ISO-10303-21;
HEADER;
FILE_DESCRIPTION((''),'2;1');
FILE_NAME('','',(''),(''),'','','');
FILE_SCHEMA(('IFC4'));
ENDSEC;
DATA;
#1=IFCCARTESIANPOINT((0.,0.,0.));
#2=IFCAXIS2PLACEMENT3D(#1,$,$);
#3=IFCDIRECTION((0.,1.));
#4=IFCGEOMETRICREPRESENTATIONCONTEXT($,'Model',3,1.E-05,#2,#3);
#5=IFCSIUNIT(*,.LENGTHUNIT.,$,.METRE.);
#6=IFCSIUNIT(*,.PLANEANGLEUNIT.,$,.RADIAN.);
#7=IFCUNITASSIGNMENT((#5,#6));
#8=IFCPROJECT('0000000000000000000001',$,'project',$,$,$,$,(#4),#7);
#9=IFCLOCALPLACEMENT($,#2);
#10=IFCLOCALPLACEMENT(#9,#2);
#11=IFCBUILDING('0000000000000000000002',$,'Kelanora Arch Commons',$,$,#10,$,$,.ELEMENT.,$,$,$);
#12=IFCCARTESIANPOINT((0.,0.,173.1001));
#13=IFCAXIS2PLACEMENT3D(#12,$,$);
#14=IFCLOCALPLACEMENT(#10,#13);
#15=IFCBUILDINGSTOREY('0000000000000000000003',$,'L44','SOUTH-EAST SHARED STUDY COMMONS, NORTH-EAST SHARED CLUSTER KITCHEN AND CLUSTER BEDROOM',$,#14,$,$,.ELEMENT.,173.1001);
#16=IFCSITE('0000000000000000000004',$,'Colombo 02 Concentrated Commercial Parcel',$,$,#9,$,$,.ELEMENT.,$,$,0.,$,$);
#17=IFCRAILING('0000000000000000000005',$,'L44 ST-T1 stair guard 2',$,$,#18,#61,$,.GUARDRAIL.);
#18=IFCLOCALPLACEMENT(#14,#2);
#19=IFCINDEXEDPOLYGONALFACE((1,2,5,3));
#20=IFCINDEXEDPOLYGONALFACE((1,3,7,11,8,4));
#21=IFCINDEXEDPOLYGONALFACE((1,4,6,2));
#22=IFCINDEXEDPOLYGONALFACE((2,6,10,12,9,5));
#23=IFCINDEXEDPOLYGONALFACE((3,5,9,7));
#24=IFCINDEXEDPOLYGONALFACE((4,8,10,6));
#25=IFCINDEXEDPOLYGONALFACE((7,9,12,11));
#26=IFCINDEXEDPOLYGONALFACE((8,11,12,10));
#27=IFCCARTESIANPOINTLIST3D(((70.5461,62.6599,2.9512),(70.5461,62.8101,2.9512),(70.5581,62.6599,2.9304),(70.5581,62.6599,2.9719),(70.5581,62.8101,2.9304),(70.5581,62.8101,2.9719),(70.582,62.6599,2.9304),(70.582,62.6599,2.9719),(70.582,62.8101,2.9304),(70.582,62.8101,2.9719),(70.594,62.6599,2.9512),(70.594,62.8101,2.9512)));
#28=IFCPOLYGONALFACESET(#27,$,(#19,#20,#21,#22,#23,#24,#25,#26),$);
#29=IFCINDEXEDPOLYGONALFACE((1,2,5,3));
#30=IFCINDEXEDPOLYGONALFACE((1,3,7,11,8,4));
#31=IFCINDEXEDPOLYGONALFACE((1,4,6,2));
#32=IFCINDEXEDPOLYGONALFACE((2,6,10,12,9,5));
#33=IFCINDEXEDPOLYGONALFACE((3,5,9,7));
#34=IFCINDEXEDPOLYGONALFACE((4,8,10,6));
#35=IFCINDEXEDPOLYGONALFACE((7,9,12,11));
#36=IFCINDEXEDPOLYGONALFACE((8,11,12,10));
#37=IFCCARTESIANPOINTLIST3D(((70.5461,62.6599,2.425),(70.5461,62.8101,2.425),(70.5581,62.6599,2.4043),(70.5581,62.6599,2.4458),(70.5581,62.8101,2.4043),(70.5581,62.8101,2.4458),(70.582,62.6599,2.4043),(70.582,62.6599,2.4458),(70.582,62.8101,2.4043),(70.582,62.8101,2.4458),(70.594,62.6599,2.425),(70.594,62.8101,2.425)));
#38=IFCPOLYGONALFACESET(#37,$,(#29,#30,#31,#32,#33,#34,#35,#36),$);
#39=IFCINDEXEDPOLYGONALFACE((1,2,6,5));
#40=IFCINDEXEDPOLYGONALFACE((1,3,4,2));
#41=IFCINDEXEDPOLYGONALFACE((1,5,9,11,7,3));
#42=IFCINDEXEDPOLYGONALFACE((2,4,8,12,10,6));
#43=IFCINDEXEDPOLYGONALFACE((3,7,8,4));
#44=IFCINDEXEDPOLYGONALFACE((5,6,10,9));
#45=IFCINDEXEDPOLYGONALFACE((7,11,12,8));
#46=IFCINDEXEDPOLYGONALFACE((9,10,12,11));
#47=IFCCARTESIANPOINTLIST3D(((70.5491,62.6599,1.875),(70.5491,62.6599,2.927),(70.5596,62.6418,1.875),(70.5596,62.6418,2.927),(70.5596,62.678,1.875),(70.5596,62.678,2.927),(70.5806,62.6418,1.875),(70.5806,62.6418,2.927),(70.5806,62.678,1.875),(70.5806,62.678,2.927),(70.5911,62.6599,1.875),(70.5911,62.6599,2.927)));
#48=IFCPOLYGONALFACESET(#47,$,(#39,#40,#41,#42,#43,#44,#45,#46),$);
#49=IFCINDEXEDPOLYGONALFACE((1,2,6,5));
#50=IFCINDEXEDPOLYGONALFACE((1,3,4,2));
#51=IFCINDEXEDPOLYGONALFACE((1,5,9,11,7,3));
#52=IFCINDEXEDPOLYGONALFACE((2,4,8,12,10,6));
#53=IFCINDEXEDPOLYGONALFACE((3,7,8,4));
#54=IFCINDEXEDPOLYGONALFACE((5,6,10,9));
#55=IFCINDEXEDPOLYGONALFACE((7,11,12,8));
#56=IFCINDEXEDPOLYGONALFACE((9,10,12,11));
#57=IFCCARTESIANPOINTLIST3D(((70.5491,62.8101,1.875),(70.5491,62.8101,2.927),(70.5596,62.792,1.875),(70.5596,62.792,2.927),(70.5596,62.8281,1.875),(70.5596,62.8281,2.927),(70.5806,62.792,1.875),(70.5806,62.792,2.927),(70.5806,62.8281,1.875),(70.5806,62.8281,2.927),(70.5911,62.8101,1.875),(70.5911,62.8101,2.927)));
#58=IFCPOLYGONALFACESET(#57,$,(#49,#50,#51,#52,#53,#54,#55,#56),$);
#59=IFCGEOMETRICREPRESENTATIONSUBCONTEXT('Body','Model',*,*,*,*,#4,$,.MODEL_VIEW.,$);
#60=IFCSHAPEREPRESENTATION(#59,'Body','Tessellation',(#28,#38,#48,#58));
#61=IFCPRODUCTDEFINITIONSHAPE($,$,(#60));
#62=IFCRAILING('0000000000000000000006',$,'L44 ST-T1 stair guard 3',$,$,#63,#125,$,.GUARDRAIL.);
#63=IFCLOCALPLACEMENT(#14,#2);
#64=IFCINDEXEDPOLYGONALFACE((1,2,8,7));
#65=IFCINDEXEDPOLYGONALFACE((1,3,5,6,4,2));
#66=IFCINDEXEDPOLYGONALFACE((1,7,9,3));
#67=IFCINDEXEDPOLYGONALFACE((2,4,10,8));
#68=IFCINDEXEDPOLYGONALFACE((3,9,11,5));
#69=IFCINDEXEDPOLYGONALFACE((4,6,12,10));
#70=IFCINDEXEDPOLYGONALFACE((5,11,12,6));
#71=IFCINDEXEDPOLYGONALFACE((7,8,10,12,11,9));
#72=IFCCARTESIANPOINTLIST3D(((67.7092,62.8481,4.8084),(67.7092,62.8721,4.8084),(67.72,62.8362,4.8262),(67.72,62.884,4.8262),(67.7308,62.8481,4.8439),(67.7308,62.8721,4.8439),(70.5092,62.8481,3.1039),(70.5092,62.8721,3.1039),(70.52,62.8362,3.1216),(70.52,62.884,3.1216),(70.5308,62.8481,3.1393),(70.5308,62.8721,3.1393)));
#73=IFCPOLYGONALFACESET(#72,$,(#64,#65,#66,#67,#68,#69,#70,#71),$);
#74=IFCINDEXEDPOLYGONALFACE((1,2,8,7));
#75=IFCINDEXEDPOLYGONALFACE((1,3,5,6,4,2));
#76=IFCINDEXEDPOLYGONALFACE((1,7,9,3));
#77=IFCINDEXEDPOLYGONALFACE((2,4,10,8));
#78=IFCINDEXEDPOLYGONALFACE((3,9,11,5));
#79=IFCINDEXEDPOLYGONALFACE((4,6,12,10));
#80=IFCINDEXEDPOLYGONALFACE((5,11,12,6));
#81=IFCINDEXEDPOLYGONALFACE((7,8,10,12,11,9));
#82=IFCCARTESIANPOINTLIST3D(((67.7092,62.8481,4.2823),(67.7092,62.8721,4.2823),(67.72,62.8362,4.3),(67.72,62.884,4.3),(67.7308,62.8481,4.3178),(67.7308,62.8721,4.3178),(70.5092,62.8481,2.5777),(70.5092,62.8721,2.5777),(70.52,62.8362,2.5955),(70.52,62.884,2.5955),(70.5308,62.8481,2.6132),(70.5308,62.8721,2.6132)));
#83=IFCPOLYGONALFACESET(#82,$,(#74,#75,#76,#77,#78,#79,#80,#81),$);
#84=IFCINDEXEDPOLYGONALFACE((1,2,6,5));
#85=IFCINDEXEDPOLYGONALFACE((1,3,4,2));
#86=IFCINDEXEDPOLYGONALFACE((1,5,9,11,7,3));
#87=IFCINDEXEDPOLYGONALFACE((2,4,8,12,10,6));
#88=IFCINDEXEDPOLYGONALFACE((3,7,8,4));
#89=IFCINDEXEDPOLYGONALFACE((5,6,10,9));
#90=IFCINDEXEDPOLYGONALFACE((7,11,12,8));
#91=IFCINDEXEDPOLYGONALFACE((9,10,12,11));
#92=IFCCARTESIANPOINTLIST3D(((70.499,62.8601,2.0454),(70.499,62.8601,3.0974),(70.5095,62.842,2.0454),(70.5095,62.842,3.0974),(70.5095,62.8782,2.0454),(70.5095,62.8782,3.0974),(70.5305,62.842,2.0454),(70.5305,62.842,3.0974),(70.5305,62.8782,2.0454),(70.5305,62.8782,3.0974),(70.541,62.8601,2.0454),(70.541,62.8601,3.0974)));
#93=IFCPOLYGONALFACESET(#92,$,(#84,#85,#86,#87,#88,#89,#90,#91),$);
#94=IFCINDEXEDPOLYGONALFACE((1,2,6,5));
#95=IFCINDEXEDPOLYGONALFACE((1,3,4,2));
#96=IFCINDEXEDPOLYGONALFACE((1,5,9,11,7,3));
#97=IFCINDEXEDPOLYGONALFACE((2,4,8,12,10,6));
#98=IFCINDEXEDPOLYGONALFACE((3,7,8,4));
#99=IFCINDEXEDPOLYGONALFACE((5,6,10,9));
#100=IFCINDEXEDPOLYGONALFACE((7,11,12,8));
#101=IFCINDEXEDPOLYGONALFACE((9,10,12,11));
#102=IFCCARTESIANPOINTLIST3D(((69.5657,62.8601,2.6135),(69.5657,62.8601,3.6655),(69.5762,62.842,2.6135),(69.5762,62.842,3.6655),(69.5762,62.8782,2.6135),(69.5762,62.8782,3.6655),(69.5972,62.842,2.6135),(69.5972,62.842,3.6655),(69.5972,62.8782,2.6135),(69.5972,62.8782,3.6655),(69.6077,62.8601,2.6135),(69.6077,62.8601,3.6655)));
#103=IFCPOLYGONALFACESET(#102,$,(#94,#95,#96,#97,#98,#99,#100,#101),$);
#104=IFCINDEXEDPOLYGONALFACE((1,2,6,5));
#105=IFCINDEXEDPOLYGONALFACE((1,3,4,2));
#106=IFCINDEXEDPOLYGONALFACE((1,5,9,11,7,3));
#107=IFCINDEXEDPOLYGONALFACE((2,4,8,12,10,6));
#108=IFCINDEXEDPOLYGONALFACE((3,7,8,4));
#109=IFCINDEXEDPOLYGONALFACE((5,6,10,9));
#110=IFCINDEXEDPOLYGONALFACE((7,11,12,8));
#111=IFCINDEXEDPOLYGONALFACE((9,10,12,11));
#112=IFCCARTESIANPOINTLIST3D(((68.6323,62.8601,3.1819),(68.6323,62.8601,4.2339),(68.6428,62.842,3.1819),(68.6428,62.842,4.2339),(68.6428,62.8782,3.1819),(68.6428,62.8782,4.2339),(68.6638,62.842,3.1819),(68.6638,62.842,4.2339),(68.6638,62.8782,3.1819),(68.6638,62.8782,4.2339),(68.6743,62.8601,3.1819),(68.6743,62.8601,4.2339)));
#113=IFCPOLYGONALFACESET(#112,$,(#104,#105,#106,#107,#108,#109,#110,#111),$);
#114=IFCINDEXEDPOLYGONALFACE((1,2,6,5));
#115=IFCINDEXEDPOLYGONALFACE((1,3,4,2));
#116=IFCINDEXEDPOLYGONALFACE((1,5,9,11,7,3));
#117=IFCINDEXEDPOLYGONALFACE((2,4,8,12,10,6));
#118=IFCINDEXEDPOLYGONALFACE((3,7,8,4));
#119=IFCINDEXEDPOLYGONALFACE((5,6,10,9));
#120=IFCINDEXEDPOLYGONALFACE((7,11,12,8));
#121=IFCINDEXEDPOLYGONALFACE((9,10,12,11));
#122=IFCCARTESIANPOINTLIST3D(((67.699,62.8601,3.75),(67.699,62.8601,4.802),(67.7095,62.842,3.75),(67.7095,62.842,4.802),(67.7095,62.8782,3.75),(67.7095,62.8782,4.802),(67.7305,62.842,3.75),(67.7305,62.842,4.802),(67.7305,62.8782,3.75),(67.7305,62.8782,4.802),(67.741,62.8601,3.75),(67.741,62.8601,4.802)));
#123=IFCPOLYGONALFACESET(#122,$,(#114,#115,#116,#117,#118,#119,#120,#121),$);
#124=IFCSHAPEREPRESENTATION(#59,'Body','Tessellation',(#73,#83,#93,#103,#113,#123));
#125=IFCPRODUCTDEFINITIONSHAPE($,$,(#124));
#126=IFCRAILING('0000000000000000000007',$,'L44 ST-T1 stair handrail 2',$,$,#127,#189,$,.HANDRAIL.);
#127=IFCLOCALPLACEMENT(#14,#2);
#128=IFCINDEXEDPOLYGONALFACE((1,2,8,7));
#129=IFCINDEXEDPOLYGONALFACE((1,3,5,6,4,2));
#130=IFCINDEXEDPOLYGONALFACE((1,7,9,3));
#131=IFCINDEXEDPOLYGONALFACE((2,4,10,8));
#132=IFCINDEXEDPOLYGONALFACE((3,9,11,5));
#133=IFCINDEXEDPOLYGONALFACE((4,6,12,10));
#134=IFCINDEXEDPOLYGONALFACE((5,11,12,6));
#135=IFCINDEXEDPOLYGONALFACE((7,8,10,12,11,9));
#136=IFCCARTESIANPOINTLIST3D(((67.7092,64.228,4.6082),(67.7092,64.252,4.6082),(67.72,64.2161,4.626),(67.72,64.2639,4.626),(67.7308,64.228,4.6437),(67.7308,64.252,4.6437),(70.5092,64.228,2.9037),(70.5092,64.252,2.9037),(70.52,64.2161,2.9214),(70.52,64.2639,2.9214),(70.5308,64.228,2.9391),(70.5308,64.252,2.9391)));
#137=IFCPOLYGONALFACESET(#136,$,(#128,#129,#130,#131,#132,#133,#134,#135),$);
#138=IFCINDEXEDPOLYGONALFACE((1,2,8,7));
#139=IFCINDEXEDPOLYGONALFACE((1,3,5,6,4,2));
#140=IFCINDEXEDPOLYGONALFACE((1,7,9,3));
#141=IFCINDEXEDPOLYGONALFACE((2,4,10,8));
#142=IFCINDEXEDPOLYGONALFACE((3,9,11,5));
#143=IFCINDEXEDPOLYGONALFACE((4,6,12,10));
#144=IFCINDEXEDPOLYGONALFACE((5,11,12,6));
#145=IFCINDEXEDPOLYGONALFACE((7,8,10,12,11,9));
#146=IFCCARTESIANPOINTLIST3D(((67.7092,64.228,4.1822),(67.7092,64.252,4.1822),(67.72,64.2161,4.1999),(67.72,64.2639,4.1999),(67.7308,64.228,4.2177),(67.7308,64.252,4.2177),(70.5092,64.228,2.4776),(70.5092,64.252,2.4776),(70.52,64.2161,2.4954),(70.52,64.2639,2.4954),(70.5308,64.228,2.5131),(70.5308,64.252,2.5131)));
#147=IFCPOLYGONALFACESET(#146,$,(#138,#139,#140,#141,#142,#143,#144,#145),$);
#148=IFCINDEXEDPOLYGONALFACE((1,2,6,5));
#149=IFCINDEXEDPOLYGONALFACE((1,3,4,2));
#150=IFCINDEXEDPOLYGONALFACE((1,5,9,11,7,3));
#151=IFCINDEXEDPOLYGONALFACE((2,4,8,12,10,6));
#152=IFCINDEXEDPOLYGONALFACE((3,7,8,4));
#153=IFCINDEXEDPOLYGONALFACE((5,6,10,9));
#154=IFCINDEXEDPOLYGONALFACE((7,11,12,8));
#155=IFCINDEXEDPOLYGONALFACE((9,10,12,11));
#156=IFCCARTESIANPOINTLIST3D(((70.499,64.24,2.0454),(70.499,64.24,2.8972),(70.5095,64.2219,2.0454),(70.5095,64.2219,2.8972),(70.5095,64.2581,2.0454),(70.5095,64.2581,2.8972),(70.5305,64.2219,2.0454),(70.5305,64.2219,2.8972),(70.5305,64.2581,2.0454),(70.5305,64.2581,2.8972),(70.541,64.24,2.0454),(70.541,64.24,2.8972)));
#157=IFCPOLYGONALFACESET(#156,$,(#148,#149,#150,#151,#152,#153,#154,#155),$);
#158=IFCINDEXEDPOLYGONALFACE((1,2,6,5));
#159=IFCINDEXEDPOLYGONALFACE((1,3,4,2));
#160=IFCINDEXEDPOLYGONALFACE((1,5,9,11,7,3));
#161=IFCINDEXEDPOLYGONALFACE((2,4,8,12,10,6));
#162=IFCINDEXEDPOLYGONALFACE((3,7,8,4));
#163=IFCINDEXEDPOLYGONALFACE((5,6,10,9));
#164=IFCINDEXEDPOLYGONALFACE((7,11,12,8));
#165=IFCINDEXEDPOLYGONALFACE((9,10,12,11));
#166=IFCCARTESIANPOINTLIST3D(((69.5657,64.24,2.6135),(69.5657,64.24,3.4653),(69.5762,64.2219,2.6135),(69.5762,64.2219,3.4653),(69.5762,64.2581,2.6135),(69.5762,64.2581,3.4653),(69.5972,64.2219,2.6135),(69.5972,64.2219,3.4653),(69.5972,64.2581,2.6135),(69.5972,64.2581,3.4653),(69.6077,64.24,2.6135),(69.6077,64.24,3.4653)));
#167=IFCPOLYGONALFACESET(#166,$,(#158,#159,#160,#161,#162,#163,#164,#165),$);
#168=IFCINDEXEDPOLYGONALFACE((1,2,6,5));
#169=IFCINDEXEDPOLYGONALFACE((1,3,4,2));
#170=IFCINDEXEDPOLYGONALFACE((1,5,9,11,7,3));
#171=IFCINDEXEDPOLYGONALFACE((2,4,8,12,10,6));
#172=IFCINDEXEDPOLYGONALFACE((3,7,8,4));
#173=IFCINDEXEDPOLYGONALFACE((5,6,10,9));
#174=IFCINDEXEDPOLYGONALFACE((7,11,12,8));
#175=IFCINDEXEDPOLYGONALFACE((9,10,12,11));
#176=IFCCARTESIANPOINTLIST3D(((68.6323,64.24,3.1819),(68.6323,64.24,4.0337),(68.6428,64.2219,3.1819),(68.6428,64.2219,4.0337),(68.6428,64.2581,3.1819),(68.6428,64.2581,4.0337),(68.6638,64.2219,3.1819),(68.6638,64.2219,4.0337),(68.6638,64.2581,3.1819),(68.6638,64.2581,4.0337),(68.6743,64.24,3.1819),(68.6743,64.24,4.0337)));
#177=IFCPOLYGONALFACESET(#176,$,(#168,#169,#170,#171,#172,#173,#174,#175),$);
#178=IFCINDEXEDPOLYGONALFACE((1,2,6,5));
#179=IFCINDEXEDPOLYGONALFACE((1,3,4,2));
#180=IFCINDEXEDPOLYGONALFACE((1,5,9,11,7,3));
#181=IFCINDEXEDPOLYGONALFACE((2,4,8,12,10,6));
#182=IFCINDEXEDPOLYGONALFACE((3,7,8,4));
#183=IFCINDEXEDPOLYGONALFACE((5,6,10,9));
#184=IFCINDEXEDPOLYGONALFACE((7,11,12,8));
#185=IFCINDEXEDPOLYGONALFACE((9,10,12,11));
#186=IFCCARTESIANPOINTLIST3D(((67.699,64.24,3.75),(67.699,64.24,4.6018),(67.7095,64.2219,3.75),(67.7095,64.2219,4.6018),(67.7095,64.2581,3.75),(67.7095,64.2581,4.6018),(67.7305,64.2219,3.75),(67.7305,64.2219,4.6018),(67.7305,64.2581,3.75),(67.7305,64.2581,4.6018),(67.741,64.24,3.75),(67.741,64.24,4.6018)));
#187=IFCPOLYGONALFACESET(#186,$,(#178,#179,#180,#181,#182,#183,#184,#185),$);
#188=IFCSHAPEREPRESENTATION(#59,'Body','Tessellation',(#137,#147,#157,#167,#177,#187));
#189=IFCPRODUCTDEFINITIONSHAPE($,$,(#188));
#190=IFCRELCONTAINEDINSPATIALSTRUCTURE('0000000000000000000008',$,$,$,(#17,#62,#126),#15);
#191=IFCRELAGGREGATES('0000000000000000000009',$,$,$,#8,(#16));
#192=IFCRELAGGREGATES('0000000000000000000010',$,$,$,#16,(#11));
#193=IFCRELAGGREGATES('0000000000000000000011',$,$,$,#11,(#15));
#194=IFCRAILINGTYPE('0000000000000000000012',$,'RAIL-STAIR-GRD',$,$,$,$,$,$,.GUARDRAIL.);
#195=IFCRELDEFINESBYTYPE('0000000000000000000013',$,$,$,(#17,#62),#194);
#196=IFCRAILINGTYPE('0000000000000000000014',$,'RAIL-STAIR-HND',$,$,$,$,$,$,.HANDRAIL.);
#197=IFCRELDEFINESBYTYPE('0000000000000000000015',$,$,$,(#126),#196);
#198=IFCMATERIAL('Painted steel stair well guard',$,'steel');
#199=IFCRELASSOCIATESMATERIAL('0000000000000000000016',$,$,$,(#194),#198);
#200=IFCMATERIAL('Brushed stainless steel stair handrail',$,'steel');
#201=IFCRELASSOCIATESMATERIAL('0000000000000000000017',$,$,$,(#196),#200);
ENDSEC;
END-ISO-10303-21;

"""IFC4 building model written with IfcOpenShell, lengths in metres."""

from ifc_helpers import new_model, si_unit, direction, frame, origin, place, context, subcontext, project, spatial, polyline, outline, extrude, material, type_object, element, save


model = new_model("IFC4")

# Units and contexts
model_context = context("Model", 3, precision=1e-05, world=origin(), true_north=direction((0.0, 1.0)))
body_context = subcontext(model_context, "Body", "Model", "MODEL_VIEW")
ifc_project = project(units=[si_unit("LENGTHUNIT", "METRE"), si_unit("PLANEANGLEUNIT", "RADIAN")], contexts=[model_context])

# Site, building, storey
site_placement = place(None, origin())
site = spatial("IfcSite", under=ifc_project, at=site_placement, Name="Colombo 02 Concentrated Commercial Parcel", CompositionType="ELEMENT", RefElevation=0.0)
building_placement = place(site_placement, origin())
building = spatial("IfcBuilding", under=site, at=building_placement, Name="Kelanora Arch Commons", CompositionType="ELEMENT")
storey_placement = place(building_placement, frame((0.0, 0.0, 173.1001)))
storey = spatial("IfcBuildingStorey", under=building, at=storey_placement, Name="L44", Description="SOUTH-EAST SHARED STUDY COMMONS, NORTH-EAST SHARED CLUSTER KITCHEN AND CLUSTER BEDROOM", CompositionType="ELEMENT", Elevation=173.1001)

# Railings
ifc_material_1 = material(Name="Painted steel stair well guard", Category="steel")
railing_type_1 = type_object("IfcRailingType", Name="RAIL-STAIR-GRD", PredefinedType="GUARDRAIL", material=ifc_material_1)
railing_1_placement = place(storey_placement, frame((70.5701, 62.6599, 1.875)))
element("IfcRailing", 1, at=railing_1_placement, inside=storey, type_object=railing_type_1, Name="L44 ST-T1 stair guard 2", PredefinedType="GUARDRAIL", context=body_context, shape_type="SweptSolid", body=[
    extrude(outline(polyline([(0.0239, 0.0), (0.012, 0.0208), (-0.012, 0.0208), (-0.0239, 0.0), (-0.012, -0.0208), (0.012, -0.0208), (0.0239, 0.0)])), frame((0.0, 0.0, 1.0762), z_axis=(0.0, 1.0, 0.0), x_axis=(-1.0, 0.0, 0.0)), (0.0, 0.0, 1.0), 0.1501),
    extrude(outline(polyline([(0.0239, 0.0), (0.012, 0.0208), (-0.012, 0.0208), (-0.0239, 0.0), (-0.012, -0.0208), (0.012, -0.0208), (0.0239, 0.0)])), frame((0.0, 0.0, 0.55), z_axis=(0.0, 1.0, 0.0), x_axis=(-1.0, 0.0, 0.0)), (0.0, 0.0, 1.0), 0.1501),
    extrude(outline(polyline([(0.021, 0.0), (0.0105, 0.0181), (-0.0105, 0.0181), (-0.021, 0.0), (-0.0105, -0.0181), (0.0105, -0.0181), (0.021, 0.0)])), origin(), (0.0, 0.0, 1.0), 1.052),
    extrude(outline(polyline([(0.021, 0.0), (0.0105, 0.0181), (-0.0105, 0.0181), (-0.021, 0.0), (-0.0105, -0.0181), (0.0105, -0.0181), (0.021, 0.0)])), frame((0.0, 0.1501, 0.0)), (0.0, 0.0, 1.0), 1.052),
])
railing_2_placement = place(storey_placement, frame((70.52, 62.8601, 2.0454)))
element("IfcRailing", 2, at=railing_2_placement, inside=storey, type_object=railing_type_1, Name="L44 ST-T1 stair guard 3", PredefinedType="GUARDRAIL", context=body_context, shape_type="SweptSolid", body=[
    extrude(outline(polyline([(0.0239, 0.0), (0.012, 0.0208), (-0.012, 0.0208), (-0.0239, 0.0), (-0.012, -0.0208), (0.012, -0.0208), (0.0239, 0.0)])), frame((0.0, 0.0, 1.0762), z_axis=(-0.85417, 0.0, 0.519994), x_axis=(0.0, -1.0, 0.0)), (0.0, 0.0, 1.0), 3.2781),
    extrude(outline(polyline([(0.0239, 0.0), (0.012, 0.0208), (-0.012, 0.0208), (-0.0239, 0.0), (-0.012, -0.0208), (0.012, -0.0208), (0.0239, 0.0)])), frame((0.0, 0.0, 0.55), z_axis=(-0.85417, 0.0, 0.519994), x_axis=(0.0, -1.0, 0.0)), (0.0, 0.0, 1.0), 3.2781),
    extrude(outline(polyline([(0.021, 0.0), (0.0105, 0.0181), (-0.0105, 0.0181), (-0.021, 0.0), (-0.0105, -0.0181), (0.0105, -0.0181), (0.021, 0.0)])), origin(), (0.0, 0.0, 1.0), 1.052),
    extrude(outline(polyline([(0.021, 0.0), (0.0105, 0.0181), (-0.0105, 0.0181), (-0.021, 0.0), (-0.0105, -0.0181), (0.0105, -0.0181), (0.021, 0.0)])), frame((-0.9333, 0.0, 0.5681)), (0.0, 0.0, 1.0), 1.052),
    extrude(outline(polyline([(0.021, 0.0), (0.0105, 0.0181), (-0.0105, 0.0181), (-0.021, 0.0), (-0.0105, -0.0181), (0.0105, -0.0181), (0.021, 0.0)])), frame((-1.8667, 0.0, 1.1365)), (0.0, 0.0, 1.0), 1.052),
    extrude(outline(polyline([(0.021, 0.0), (0.0105, 0.0181), (-0.0105, 0.0181), (-0.021, 0.0), (-0.0105, -0.0181), (0.0105, -0.0181), (0.021, 0.0)])), frame((-2.8, 0.0, 1.7046)), (0.0, 0.0, 1.0), 1.052),
])
ifc_material_2 = material(Name="Brushed stainless steel stair handrail", Category="steel")
railing_type_2 = type_object("IfcRailingType", Name="RAIL-STAIR-HND", PredefinedType="HANDRAIL", material=ifc_material_2)
railing_3_placement = place(storey_placement, frame((70.52, 64.24, 2.0454)))
element("IfcRailing", 3, at=railing_3_placement, inside=storey, type_object=railing_type_2, Name="L44 ST-T1 stair handrail 2", PredefinedType="HANDRAIL", context=body_context, shape_type="SweptSolid", body=[
    extrude(outline(polyline([(0.0239, 0.0), (0.012, 0.0208), (-0.012, 0.0208), (-0.0239, 0.0), (-0.012, -0.0208), (0.012, -0.0208), (0.0239, 0.0)])), frame((0.0, 0.0, 0.876), z_axis=(-0.85417, 0.0, 0.519994), x_axis=(0.0, -1.0, 0.0)), (0.0, 0.0, 1.0), 3.2781),
    extrude(outline(polyline([(0.0239, 0.0), (0.012, 0.0208), (-0.012, 0.0208), (-0.0239, 0.0), (-0.012, -0.0208), (0.012, -0.0208), (0.0239, 0.0)])), frame((0.0, 0.0, 0.45), z_axis=(-0.85417, 0.0, 0.519994), x_axis=(0.0, -1.0, 0.0)), (0.0, 0.0, 1.0), 3.2781),
    extrude(outline(polyline([(0.021, 0.0), (0.0105, 0.0181), (-0.0105, 0.0181), (-0.021, 0.0), (-0.0105, -0.0181), (0.0105, -0.0181), (0.021, 0.0)])), origin(), (0.0, 0.0, 1.0), 0.8518),
    extrude(outline(polyline([(0.021, 0.0), (0.0105, 0.0181), (-0.0105, 0.0181), (-0.021, 0.0), (-0.0105, -0.0181), (0.0105, -0.0181), (0.021, 0.0)])), frame((-0.9333, 0.0, 0.5681)), (0.0, 0.0, 1.0), 0.8518),
    extrude(outline(polyline([(0.021, 0.0), (0.0105, 0.0181), (-0.0105, 0.0181), (-0.021, 0.0), (-0.0105, -0.0181), (0.0105, -0.0181), (0.021, 0.0)])), frame((-1.8667, 0.0, 1.1365)), (0.0, 0.0, 1.0), 0.8518),
    extrude(outline(polyline([(0.021, 0.0), (0.0105, 0.0181), (-0.0105, 0.0181), (-0.021, 0.0), (-0.0105, -0.0181), (0.0105, -0.0181), (0.021, 0.0)])), frame((-2.8, 0.0, 1.7046)), (0.0, 0.0, 1.0), 0.8518),
])

save(model, "model.ifc")
